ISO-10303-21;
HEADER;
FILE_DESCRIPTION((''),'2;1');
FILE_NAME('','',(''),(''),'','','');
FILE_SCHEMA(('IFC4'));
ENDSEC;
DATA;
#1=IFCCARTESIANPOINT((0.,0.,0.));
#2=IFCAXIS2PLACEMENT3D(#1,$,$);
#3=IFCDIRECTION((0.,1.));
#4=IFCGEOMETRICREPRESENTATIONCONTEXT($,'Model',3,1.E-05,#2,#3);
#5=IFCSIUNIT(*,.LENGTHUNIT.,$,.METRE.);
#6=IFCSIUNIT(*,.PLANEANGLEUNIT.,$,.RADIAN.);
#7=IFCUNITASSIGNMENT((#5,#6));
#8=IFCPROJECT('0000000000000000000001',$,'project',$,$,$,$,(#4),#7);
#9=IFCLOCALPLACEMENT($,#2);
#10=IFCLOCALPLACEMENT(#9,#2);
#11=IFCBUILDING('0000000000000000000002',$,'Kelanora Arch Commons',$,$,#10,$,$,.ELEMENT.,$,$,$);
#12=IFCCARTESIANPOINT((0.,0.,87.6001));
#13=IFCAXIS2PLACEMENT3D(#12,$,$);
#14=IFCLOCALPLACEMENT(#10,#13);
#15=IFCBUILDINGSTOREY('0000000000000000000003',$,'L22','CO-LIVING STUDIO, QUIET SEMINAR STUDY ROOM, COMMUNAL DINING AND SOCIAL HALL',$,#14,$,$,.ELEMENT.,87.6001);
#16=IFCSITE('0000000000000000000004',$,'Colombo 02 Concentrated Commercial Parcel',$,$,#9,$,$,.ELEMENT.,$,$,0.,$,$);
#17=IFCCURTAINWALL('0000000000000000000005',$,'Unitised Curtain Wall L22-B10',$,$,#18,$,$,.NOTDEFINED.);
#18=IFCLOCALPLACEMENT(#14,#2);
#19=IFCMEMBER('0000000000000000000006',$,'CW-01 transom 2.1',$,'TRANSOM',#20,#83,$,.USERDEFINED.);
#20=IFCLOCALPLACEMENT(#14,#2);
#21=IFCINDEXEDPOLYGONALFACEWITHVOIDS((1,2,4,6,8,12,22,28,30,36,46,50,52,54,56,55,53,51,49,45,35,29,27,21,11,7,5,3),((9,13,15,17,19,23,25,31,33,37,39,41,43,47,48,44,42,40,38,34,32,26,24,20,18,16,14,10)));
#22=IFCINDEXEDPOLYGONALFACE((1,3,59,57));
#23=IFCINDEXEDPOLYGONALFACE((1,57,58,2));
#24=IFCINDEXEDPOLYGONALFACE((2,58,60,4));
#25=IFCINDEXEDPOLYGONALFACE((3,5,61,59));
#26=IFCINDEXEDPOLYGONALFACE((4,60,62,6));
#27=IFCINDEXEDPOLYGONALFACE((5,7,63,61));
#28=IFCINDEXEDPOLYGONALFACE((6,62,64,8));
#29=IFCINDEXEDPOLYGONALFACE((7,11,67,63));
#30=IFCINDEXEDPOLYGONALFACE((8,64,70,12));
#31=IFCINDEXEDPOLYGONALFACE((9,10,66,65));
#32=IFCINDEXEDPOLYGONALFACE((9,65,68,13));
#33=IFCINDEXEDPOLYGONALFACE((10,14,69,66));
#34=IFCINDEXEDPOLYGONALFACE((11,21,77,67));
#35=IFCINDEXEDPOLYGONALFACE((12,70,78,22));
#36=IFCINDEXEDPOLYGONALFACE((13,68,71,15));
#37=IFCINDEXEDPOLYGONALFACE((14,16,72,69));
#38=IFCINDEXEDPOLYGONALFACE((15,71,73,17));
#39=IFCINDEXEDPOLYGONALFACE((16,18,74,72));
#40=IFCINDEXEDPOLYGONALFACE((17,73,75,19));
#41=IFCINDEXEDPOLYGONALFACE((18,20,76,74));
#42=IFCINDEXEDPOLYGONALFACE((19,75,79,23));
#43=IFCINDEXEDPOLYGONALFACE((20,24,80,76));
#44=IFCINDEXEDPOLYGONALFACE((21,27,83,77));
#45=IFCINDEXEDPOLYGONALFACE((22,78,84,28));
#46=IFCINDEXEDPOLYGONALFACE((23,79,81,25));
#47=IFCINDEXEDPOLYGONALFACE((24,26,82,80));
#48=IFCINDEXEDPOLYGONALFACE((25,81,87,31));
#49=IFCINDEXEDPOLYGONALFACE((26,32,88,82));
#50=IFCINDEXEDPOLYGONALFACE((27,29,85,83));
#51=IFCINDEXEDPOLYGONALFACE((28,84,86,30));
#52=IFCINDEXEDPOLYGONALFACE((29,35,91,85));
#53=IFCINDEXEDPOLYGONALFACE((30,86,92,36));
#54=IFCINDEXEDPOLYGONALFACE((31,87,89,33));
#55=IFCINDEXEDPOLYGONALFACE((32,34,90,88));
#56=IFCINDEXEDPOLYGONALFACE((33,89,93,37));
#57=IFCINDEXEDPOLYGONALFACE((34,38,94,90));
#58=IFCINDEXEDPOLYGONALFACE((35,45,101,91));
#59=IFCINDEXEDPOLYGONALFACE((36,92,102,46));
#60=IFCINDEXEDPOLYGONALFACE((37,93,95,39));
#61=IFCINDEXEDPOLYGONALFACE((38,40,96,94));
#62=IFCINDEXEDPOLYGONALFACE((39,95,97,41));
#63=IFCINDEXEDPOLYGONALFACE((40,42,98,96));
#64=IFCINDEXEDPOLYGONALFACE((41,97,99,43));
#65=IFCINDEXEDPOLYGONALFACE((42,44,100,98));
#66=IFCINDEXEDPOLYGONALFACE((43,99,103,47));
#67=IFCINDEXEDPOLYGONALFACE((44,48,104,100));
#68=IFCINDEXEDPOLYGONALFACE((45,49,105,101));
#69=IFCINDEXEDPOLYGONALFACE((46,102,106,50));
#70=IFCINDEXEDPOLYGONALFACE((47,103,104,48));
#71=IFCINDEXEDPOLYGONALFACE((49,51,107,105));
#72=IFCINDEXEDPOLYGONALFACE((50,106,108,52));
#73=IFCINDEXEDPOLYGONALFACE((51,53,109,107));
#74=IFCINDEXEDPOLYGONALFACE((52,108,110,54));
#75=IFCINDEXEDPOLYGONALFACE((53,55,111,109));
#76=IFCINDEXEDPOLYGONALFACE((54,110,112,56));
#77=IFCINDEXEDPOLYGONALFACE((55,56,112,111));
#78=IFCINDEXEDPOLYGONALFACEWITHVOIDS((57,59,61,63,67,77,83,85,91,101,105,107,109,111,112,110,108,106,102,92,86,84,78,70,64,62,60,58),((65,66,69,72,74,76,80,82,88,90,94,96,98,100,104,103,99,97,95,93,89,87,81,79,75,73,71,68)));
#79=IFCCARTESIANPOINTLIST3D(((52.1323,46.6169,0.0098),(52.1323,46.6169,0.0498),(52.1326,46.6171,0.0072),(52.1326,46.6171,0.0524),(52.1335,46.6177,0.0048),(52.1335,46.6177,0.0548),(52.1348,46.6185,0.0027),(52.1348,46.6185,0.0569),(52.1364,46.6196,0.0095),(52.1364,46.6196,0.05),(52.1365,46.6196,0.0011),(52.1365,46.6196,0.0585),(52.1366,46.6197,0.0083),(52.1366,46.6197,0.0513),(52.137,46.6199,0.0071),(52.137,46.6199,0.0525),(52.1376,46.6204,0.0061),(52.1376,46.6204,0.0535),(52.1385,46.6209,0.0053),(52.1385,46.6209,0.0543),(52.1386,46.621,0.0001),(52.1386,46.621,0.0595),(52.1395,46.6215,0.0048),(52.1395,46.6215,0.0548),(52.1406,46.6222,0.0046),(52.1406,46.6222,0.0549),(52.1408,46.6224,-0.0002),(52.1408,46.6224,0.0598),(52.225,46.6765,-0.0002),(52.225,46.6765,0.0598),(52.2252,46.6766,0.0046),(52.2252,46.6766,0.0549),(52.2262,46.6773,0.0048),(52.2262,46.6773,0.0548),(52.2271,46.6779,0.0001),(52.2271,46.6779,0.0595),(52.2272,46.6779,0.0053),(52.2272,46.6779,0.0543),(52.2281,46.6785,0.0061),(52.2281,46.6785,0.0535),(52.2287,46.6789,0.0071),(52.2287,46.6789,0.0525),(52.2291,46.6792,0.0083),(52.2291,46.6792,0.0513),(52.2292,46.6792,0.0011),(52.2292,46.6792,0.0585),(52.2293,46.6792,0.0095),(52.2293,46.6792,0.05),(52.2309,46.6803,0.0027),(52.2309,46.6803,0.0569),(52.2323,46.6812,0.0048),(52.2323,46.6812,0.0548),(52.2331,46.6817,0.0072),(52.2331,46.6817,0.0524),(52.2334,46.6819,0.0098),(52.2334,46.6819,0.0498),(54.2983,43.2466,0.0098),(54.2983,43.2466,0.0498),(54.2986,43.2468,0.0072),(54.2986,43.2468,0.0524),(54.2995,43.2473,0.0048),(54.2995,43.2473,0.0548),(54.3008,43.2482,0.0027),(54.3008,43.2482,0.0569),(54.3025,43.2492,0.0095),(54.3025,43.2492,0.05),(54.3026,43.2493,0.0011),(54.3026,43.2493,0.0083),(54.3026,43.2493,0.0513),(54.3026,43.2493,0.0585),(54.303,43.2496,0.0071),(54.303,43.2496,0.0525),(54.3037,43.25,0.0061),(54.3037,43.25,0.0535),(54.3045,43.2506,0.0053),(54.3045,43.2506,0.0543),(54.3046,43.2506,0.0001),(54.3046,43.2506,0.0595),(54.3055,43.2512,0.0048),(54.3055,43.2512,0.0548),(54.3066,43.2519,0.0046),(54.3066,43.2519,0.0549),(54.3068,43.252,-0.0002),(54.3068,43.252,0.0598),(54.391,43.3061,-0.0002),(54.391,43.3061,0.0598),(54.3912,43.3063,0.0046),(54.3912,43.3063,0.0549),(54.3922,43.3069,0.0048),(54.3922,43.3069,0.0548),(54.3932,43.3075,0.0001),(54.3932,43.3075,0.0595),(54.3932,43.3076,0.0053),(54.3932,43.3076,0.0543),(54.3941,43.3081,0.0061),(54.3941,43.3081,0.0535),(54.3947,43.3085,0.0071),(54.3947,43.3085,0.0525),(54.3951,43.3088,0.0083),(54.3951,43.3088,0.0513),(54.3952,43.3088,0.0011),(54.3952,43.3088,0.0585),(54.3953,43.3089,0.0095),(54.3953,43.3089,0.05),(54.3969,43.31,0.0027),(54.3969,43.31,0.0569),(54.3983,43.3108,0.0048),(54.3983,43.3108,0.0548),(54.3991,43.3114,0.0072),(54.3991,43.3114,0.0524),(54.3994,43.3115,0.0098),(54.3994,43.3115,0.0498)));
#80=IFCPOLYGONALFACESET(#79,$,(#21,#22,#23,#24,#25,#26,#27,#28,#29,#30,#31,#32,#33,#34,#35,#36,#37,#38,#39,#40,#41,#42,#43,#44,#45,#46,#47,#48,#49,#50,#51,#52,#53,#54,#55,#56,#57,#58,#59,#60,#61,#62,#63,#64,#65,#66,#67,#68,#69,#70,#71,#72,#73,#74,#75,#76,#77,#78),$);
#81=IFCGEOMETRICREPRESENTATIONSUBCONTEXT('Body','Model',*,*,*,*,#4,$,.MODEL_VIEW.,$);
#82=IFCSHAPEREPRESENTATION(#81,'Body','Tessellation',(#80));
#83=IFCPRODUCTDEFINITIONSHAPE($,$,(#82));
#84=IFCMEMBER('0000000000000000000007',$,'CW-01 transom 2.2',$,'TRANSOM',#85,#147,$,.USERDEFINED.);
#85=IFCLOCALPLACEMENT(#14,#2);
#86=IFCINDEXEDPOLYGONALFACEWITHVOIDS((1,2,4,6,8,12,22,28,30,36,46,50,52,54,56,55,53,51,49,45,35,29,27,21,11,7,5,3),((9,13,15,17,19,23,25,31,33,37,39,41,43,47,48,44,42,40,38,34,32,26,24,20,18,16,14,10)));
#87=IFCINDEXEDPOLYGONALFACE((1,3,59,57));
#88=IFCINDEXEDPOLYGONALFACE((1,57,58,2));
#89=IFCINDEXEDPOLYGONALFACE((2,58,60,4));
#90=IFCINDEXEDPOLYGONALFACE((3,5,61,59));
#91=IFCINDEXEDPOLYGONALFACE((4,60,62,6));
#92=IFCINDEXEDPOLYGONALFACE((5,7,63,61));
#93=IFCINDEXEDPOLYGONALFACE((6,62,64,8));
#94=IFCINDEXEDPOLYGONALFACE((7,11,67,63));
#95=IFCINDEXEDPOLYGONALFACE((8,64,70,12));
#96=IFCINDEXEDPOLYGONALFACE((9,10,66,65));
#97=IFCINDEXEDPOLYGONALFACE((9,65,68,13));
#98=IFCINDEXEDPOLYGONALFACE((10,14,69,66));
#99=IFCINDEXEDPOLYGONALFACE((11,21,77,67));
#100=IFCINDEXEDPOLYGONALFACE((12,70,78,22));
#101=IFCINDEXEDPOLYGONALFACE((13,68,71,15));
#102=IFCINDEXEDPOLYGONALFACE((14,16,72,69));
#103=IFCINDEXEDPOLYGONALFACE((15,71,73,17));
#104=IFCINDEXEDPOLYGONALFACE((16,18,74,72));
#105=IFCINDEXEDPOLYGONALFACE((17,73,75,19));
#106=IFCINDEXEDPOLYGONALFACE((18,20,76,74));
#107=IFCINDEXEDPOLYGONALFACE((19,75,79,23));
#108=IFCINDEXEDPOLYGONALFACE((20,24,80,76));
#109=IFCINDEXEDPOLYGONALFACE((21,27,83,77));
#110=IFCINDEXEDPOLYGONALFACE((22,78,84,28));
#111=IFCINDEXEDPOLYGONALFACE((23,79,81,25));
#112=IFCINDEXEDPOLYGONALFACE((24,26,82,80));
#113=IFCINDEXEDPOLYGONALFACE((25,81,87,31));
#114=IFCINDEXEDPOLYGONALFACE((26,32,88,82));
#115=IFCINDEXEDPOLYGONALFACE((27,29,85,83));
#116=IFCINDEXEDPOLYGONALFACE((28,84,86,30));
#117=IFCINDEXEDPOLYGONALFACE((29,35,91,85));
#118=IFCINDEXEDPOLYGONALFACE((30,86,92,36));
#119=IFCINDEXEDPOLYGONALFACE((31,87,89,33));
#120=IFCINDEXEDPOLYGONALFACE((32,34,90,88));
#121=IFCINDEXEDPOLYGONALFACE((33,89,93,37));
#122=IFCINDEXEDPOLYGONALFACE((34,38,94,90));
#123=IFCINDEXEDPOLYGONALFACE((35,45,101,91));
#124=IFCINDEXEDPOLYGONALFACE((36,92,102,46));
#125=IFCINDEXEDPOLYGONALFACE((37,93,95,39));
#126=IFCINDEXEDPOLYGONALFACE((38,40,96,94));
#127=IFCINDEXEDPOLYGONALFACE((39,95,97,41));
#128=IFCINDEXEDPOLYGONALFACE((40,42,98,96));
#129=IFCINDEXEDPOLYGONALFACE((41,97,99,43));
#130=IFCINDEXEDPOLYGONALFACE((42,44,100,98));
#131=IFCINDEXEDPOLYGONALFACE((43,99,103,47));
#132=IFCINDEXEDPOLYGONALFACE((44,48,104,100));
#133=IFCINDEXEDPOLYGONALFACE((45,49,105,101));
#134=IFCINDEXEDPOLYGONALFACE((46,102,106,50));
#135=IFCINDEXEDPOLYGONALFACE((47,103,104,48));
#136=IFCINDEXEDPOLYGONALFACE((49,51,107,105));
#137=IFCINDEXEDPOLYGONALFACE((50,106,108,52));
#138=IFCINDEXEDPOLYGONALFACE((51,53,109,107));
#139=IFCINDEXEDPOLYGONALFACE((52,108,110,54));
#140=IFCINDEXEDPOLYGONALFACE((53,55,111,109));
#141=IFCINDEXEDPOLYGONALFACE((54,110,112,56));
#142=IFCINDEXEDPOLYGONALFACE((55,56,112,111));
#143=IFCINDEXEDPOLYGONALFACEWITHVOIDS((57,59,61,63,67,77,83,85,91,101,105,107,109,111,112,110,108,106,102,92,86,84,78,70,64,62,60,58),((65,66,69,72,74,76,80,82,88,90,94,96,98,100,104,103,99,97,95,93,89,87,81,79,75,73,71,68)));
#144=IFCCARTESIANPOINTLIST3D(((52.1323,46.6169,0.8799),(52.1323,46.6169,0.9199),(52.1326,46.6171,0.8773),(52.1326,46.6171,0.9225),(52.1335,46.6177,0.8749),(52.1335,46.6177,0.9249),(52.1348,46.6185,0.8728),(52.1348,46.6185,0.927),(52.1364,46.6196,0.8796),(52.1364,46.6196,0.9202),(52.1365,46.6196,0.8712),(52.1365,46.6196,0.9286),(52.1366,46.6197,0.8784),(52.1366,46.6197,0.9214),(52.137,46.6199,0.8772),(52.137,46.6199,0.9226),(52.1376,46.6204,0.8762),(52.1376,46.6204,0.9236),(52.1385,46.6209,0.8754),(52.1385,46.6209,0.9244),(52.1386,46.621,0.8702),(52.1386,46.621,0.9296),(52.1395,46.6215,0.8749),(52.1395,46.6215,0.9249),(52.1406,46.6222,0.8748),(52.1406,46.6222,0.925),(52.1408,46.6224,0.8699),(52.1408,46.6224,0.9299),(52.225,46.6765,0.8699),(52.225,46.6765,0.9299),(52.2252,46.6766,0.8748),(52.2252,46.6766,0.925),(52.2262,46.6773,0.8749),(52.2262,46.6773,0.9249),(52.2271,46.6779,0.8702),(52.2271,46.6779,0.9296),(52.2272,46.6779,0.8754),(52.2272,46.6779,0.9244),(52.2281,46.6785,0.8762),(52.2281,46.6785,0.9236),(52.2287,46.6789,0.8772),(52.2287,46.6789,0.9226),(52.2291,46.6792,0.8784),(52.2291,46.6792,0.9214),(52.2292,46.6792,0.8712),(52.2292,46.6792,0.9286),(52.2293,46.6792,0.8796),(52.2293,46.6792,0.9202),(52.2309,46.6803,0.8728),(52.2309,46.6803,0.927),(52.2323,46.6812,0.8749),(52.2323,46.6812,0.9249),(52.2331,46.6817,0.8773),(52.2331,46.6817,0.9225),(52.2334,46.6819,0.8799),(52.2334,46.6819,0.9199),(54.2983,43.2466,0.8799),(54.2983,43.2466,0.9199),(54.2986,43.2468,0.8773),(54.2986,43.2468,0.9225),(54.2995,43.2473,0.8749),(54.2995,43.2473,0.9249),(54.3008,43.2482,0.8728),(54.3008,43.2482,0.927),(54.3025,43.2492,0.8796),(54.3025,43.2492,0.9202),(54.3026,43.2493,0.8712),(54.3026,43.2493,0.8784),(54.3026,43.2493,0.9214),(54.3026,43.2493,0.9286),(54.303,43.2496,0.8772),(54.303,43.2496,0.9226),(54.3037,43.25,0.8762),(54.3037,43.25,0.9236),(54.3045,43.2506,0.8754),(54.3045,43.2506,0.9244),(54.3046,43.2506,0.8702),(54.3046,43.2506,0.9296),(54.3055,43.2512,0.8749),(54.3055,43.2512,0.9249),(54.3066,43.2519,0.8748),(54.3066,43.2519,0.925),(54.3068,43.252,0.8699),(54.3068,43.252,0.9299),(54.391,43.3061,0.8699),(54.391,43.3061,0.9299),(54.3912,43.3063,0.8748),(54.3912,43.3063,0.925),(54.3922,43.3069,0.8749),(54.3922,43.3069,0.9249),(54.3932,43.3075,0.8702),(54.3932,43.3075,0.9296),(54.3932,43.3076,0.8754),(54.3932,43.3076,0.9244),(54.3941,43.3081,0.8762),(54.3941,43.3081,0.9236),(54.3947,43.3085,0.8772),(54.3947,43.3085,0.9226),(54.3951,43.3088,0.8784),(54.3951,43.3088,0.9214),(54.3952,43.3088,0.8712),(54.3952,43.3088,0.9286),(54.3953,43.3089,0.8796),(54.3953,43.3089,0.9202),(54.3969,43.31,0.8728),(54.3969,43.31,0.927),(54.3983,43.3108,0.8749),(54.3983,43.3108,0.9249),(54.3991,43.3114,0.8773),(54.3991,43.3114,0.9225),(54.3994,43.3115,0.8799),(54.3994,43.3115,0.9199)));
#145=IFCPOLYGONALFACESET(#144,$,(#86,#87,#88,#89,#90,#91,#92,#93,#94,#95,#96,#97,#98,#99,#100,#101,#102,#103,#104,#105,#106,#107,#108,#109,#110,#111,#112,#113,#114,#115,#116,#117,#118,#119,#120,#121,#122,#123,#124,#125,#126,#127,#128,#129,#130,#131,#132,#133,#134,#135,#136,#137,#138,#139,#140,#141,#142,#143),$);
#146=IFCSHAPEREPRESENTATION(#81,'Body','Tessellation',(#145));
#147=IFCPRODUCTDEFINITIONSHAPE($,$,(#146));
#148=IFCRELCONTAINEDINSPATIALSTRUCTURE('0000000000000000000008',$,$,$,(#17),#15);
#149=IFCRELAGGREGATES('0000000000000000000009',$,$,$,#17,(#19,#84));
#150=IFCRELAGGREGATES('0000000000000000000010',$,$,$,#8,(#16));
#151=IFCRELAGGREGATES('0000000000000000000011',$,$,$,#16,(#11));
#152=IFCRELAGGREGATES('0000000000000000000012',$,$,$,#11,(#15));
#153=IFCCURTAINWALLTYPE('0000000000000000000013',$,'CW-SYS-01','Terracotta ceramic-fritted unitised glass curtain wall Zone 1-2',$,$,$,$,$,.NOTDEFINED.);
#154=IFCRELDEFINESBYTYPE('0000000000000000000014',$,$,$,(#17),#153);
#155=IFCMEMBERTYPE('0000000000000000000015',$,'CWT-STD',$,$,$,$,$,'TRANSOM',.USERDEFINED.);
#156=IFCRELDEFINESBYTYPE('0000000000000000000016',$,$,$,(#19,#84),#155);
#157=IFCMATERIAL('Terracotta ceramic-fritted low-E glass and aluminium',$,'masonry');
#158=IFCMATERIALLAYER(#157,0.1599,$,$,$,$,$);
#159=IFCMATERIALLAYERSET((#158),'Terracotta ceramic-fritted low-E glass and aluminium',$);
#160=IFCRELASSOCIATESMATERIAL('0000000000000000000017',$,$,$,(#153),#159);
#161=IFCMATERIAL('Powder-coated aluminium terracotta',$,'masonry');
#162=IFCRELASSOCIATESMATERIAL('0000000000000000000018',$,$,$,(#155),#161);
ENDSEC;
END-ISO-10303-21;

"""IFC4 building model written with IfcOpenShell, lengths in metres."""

from ifc_helpers import new_model, si_unit, direction, frame, origin, origin_2d, place, context, subcontext, project, spatial, hollow_rectangle, extrude, material, layer, layer_set, material_profile, profile_set, type_object, element, aggregate, save


model = new_model("IFC4")

# Units and contexts
model_context = context("Model", 3, precision=1e-05, world=origin(), true_north=direction((0.0, 1.0)))
body_context = subcontext(model_context, "Body", "Model", "MODEL_VIEW")
ifc_project = project(units=[si_unit("LENGTHUNIT", "METRE"), si_unit("PLANEANGLEUNIT", "RADIAN")], contexts=[model_context])

# Site, building, storey
site_placement = place(None, origin())
site = spatial("IfcSite", under=ifc_project, at=site_placement, Name="Colombo 02 Concentrated Commercial Parcel", CompositionType="ELEMENT", RefElevation=0.0)
building_placement = place(site_placement, origin())
building = spatial("IfcBuilding", under=site, at=building_placement, Name="Kelanora Arch Commons", CompositionType="ELEMENT")
storey_placement = place(building_placement, frame((0.0, 0.0, 87.6001)))
storey = spatial("IfcBuildingStorey", under=building, at=storey_placement, Name="L22", Description="CO-LIVING STUDIO, QUIET SEMINAR STUDY ROOM, COMMUNAL DINING AND SOCIAL HALL", CompositionType="ELEMENT", Elevation=87.6001)

# Shared definitions
ifc_material_1 = material(Name="Terracotta ceramic-fritted low-E glass and aluminium", Category="masonry")
ifc_layer_1 = layer(ifc_material_1, 0.1599)
ifc_layer_set_1 = layer_set([ifc_layer_1], Name="Terracotta ceramic-fritted low-E glass and aluminium")
curtain_wall_type = type_object("IfcCurtainWallType", Name="CW-SYS-01", Description="Terracotta ceramic-fritted unitised glass curtain wall Zone 1-2", PredefinedType="NOTDEFINED", material=ifc_layer_set_1)
ifc_material_2 = material(Name="Powder-coated aluminium terracotta", Category="masonry")

# Curtain wall, members
curtain_wall_1_placement = place(storey_placement, origin())
curtain_wall_1 = element("IfcCurtainWall", 1, at=curtain_wall_1_placement, inside=storey, type_object=curtain_wall_type, Name="Unitised Curtain Wall L22-B10", PredefinedType="NOTDEFINED")
ifc_material_profile_1 = material_profile(ifc_material_2, hollow_rectangle(XDim=0.1201, YDim=0.0601, WallThickness=0.0049, InnerFilletRadius=0.0049, OuterFilletRadius=0.01, at=origin_2d()), Name="CWT120x60")
ifc_profile_set_1 = profile_set([ifc_material_profile_1], Name="Powder-coated aluminium terracotta")
member_type_1 = type_object("IfcMemberType", Name="CWT-STD", ElementType="TRANSOM", PredefinedType="USERDEFINED", material=ifc_profile_set_1)
member_1_placement = place(storey_placement, frame((52.1829, 46.6494, 0.0298), z_axis=(0.540644, -0.841252, 0.0), x_axis=(0.841252, 0.540644, 0.0)))
member_1 = element("IfcMember", 2, at=member_1_placement, type_object=member_type_1, Name="CW-01 transom 2.1", ObjectType="TRANSOM", PredefinedType="USERDEFINED", context=body_context, shape_type="SweptSolid", body=[
    extrude(hollow_rectangle(XDim=0.1201, YDim=0.0601, WallThickness=0.0049, InnerFilletRadius=0.0049, OuterFilletRadius=0.01, at=origin_2d()), origin(), (0.0, 0.0, 1.0), 4.0063),
])
member_2_placement = place(storey_placement, frame((52.1829, 46.6494, 0.8999), z_axis=(0.540644, -0.841252, 0.0), x_axis=(0.841252, 0.540644, 0.0)))
member_2 = element("IfcMember", 3, at=member_2_placement, type_object=member_type_1, Name="CW-01 transom 2.2", ObjectType="TRANSOM", PredefinedType="USERDEFINED", context=body_context, shape_type="SweptSolid", body=[
    extrude(hollow_rectangle(XDim=0.1201, YDim=0.0601, WallThickness=0.0049, InnerFilletRadius=0.0049, OuterFilletRadius=0.01, at=origin_2d()), origin(), (0.0, 0.0, 1.0), 4.0063),
])

aggregate(curtain_wall_1, [member_1, member_2])

save(model, "model.ifc")
